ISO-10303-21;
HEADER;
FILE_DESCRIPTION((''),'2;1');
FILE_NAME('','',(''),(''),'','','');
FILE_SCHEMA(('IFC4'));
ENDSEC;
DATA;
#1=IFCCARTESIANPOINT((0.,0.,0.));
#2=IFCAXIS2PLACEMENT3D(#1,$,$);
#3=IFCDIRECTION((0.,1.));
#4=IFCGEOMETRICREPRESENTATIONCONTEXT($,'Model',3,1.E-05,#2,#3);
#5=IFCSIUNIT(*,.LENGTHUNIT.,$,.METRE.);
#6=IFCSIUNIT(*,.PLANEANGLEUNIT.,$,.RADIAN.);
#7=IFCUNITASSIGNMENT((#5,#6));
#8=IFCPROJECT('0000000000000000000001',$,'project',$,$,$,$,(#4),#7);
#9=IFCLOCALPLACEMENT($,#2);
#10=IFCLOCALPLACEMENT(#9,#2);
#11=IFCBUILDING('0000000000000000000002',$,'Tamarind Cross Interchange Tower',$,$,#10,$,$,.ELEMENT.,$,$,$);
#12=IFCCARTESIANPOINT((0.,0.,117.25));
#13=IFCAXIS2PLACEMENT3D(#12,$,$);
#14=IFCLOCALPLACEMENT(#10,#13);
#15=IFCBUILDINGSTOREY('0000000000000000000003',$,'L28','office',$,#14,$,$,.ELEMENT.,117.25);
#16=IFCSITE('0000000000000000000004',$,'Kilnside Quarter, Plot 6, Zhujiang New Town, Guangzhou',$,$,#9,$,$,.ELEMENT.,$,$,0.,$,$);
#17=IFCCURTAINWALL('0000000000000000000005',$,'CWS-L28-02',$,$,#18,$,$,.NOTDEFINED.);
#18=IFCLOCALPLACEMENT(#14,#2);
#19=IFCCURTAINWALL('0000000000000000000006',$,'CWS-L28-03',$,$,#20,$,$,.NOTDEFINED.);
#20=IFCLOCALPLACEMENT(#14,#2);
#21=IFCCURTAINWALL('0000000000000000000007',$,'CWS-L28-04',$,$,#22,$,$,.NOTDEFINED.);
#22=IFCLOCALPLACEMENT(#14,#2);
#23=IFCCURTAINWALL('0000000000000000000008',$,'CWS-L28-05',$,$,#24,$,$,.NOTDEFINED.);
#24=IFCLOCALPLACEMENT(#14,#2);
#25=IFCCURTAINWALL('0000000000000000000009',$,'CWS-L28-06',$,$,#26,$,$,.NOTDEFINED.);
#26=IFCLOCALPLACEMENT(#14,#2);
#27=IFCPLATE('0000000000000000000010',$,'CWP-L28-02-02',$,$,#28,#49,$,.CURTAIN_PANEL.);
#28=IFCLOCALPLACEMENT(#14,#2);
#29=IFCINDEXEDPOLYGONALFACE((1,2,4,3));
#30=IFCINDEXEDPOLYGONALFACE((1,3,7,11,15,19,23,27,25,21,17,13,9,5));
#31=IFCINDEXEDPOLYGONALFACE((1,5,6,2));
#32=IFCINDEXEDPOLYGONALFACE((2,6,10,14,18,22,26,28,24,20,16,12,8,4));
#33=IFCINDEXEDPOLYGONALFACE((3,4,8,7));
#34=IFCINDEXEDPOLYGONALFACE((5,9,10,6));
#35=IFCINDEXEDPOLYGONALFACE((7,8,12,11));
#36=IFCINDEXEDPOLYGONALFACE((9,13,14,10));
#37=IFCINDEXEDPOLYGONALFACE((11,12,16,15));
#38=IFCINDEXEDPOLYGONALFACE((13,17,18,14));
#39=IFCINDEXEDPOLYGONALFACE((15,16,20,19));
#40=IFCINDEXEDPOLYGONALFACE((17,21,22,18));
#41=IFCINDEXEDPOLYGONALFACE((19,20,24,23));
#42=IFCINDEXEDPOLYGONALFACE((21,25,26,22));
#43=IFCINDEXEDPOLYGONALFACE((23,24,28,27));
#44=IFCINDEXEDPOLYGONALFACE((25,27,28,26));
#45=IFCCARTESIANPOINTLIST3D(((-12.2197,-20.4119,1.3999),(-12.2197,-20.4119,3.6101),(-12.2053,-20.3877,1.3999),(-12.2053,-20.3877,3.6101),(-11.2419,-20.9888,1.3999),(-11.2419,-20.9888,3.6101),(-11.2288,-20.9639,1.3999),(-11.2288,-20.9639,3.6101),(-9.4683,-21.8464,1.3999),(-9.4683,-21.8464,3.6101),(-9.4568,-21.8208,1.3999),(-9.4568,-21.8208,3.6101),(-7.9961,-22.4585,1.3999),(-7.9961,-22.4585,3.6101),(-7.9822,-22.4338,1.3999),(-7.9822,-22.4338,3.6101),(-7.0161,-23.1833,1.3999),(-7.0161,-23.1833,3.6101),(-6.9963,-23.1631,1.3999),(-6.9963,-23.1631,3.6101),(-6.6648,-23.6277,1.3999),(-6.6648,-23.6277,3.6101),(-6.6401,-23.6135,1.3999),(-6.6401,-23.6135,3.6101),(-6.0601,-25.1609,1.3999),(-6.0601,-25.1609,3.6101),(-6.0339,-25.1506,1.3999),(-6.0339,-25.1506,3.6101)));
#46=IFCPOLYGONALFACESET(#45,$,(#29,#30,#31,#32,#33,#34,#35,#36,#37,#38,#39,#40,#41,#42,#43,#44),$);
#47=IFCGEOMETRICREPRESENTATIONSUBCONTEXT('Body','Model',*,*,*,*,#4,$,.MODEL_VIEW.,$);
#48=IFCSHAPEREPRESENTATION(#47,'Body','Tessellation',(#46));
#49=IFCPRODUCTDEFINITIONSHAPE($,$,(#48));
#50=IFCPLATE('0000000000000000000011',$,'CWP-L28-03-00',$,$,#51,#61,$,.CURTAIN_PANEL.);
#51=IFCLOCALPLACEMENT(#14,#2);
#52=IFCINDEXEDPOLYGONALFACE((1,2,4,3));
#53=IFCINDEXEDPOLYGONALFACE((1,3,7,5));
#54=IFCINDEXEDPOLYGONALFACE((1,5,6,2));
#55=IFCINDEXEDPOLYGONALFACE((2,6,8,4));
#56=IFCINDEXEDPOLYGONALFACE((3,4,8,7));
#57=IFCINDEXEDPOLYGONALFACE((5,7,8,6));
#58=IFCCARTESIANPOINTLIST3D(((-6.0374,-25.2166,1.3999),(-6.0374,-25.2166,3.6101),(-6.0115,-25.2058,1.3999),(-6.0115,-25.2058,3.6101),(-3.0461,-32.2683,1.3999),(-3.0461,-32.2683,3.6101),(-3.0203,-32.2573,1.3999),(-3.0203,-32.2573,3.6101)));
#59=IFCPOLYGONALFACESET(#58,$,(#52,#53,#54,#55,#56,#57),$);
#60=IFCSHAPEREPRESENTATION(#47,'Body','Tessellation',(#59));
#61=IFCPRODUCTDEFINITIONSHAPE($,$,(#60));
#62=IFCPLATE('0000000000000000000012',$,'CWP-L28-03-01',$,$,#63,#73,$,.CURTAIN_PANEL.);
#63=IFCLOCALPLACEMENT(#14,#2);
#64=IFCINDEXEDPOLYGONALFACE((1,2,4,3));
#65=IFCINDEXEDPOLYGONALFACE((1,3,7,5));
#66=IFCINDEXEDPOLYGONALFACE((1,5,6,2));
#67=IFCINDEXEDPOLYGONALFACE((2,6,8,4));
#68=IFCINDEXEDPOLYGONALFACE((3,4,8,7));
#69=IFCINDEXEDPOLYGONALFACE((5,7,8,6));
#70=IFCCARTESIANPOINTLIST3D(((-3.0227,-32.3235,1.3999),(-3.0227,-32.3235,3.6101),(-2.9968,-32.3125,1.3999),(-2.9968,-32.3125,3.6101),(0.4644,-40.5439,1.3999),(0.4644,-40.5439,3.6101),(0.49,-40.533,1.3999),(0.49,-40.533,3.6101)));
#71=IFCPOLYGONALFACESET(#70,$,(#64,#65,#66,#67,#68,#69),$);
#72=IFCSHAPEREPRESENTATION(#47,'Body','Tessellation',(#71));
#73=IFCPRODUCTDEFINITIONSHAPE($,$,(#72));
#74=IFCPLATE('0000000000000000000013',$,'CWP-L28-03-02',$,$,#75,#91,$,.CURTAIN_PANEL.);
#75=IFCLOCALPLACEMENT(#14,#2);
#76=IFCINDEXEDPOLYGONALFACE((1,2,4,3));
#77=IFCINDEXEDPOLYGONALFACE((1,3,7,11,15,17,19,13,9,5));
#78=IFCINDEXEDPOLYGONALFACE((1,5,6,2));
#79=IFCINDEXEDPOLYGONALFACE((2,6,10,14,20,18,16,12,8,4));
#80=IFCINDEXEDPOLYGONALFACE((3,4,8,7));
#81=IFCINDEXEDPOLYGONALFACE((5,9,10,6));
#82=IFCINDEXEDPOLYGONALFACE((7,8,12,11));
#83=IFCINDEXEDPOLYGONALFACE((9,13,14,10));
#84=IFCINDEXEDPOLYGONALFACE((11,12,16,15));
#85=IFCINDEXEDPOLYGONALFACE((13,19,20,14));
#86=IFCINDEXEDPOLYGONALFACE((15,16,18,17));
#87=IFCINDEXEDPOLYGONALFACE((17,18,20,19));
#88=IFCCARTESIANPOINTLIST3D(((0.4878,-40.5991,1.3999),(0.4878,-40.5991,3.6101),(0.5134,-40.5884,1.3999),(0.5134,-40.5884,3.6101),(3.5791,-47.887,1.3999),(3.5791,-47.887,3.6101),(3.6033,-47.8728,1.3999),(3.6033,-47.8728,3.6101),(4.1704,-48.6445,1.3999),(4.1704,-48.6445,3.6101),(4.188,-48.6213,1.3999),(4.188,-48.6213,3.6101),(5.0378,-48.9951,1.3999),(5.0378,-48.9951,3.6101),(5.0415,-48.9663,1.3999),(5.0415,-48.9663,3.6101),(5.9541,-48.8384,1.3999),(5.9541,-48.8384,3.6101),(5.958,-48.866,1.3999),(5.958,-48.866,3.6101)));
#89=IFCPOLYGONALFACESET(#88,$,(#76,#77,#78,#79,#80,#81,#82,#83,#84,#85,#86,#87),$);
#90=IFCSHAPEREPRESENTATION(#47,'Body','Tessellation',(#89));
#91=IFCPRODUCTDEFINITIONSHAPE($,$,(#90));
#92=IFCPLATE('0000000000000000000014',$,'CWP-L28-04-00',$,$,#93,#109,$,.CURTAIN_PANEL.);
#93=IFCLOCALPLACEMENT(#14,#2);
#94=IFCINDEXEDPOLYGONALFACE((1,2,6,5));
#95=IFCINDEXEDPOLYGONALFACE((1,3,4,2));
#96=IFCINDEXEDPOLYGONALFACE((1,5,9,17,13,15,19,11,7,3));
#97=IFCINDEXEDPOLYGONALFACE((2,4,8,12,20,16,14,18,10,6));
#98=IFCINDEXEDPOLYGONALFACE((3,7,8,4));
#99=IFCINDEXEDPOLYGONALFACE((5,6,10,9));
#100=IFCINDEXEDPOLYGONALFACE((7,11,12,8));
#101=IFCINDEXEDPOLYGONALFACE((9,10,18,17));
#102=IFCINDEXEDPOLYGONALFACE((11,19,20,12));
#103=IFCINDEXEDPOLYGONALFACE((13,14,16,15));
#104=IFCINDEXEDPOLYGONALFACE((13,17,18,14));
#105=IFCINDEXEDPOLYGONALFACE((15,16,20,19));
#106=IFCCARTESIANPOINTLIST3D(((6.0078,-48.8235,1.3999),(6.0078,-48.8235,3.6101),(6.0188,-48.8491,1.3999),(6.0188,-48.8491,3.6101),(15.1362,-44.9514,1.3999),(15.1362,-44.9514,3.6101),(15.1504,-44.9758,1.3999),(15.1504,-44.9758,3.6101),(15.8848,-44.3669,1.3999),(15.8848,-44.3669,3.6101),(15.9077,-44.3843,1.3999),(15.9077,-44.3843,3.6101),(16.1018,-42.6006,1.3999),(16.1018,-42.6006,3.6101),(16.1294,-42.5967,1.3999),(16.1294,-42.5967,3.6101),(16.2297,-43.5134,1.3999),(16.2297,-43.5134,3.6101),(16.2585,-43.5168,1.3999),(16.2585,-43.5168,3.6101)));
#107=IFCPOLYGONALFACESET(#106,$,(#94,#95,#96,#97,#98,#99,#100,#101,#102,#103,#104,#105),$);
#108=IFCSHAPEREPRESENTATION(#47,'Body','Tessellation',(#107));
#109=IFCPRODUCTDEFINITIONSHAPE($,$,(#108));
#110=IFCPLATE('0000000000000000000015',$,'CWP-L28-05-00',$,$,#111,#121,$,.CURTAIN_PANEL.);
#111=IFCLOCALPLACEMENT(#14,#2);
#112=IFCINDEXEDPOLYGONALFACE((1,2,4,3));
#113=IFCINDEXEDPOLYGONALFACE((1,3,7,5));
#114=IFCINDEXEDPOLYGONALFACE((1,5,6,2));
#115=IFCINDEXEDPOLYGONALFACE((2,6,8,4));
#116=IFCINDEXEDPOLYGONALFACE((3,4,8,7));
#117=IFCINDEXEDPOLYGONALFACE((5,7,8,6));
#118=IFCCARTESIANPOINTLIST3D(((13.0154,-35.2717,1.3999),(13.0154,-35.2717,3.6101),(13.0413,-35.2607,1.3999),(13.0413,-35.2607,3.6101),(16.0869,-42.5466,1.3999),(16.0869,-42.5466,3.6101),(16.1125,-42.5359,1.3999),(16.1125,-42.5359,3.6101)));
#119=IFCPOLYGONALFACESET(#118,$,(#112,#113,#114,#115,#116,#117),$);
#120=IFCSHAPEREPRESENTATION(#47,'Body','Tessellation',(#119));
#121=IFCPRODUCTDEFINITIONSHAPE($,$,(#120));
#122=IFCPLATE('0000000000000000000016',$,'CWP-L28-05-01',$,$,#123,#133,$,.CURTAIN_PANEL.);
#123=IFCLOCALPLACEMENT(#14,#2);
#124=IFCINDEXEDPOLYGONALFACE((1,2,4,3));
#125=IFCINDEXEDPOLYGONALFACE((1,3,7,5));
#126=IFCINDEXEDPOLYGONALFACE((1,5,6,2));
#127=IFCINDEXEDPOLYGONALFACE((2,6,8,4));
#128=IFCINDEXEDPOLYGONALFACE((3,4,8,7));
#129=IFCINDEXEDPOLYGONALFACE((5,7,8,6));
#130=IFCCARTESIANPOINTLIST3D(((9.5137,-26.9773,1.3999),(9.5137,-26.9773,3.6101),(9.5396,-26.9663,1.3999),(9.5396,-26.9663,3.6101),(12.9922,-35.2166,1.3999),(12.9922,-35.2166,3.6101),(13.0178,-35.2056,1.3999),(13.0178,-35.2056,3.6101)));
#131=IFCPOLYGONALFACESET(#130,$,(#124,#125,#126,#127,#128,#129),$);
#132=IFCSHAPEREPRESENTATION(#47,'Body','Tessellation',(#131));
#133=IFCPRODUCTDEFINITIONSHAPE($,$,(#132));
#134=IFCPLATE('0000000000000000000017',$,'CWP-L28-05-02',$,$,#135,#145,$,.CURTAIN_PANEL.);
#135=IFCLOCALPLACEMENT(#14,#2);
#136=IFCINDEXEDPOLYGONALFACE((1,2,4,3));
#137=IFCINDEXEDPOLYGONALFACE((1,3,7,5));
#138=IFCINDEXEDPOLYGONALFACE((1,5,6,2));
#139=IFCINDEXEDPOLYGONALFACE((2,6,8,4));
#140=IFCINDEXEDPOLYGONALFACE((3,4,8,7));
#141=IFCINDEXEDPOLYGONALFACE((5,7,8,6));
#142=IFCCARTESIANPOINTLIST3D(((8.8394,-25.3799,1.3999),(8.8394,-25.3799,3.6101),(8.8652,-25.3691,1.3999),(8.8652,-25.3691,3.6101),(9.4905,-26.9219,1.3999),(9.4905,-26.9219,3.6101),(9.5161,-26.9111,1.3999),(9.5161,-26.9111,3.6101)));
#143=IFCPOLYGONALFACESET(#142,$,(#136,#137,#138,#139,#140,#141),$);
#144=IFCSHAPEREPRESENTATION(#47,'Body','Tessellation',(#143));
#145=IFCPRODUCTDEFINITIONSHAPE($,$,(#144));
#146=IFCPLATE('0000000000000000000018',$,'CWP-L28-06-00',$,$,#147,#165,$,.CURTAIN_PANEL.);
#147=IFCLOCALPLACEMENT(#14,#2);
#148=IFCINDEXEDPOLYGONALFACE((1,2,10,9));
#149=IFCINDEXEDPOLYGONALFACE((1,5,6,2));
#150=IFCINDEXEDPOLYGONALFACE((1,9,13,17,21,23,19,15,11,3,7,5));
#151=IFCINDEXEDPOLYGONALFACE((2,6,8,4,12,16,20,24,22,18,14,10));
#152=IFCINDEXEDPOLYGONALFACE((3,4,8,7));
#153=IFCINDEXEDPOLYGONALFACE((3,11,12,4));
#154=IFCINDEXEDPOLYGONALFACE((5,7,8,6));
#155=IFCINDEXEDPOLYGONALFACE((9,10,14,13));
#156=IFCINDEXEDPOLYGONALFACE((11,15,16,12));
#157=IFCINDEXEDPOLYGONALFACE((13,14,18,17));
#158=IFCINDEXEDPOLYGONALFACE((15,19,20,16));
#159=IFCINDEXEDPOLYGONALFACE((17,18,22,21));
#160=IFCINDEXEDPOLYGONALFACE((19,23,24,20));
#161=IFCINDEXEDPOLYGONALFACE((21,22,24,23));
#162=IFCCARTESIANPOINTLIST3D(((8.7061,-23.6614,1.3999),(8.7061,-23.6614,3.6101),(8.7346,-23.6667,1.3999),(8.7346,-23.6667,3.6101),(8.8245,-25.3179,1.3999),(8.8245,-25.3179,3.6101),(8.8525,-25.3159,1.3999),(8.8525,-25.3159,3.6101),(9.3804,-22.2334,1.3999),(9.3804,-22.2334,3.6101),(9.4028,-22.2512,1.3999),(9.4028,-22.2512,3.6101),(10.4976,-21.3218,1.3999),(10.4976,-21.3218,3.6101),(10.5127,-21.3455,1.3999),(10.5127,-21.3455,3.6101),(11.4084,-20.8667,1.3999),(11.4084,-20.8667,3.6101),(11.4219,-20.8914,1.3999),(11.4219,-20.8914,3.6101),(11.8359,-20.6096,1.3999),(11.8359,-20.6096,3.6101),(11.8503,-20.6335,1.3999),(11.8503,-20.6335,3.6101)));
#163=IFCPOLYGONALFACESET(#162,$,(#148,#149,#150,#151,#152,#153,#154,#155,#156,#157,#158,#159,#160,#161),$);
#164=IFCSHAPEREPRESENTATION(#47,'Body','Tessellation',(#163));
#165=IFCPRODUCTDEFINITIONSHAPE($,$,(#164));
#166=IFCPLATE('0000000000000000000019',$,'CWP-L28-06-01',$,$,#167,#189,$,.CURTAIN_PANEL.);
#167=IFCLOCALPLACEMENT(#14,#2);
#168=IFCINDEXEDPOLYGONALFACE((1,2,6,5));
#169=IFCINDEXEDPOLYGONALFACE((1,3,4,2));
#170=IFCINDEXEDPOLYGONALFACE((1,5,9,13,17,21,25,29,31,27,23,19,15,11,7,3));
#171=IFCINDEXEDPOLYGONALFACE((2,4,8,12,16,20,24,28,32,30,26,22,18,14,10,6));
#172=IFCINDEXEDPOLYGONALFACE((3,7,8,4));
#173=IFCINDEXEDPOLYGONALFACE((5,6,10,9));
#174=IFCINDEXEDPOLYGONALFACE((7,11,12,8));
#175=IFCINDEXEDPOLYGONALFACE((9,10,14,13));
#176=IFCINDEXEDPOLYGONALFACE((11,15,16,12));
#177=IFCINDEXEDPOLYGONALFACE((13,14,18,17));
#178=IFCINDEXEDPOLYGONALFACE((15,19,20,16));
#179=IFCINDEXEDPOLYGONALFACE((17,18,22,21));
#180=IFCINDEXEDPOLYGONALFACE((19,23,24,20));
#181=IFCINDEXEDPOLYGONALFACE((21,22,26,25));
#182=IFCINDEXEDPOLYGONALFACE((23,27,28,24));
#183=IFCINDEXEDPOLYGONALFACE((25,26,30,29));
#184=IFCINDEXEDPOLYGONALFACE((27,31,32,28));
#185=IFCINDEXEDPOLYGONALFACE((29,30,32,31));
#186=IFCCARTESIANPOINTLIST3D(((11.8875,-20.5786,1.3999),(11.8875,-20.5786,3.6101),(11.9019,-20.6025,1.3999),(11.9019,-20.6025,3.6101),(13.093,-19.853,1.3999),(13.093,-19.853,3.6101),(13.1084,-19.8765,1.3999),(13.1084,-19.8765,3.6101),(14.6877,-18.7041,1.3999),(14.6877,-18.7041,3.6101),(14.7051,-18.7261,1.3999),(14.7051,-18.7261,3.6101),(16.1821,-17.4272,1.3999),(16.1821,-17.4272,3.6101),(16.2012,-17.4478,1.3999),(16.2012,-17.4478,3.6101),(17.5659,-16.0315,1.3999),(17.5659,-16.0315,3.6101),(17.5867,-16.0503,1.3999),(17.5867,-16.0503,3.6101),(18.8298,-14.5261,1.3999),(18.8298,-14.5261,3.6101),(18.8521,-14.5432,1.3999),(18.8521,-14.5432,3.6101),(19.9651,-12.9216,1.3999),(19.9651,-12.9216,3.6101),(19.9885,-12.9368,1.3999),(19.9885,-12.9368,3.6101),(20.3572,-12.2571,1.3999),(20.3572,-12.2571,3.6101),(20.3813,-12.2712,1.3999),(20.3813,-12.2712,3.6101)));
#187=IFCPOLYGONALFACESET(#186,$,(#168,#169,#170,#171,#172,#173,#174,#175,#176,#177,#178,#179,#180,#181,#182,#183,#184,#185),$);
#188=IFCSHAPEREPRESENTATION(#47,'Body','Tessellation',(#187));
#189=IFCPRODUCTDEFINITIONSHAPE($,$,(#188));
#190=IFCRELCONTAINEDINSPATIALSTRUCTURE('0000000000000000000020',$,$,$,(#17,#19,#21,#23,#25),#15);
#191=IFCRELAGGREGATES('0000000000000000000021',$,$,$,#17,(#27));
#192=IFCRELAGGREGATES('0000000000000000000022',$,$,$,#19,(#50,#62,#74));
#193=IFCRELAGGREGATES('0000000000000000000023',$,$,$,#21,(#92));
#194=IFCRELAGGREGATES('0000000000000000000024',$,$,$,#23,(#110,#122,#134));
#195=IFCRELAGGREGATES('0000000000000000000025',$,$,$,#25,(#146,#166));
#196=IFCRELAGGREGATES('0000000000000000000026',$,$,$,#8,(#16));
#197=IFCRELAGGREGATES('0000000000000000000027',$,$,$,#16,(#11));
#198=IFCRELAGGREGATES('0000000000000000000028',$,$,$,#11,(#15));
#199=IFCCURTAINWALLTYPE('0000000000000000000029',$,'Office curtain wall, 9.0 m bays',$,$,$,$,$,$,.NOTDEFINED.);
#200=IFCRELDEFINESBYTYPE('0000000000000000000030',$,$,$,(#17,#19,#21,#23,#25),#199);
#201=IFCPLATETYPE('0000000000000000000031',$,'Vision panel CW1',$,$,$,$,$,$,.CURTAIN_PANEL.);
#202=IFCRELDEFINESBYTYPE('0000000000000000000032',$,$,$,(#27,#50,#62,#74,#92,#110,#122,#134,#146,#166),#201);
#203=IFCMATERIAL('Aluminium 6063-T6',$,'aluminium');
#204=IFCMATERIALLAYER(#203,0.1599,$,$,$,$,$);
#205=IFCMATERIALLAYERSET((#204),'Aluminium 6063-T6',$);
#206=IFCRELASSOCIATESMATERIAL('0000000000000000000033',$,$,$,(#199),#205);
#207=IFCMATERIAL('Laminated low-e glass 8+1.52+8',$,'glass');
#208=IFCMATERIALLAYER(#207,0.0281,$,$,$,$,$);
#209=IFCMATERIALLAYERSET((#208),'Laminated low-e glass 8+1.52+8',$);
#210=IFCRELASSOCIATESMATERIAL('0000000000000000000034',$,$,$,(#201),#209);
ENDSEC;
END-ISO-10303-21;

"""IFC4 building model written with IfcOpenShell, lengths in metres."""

from ifc_helpers import new_model, si_unit, direction, frame, origin, place, context, subcontext, project, spatial, polyline, outline, extrude, material, layer, layer_set, type_object, element, aggregate, save


model = new_model("IFC4")

# Units and contexts
model_context = context("Model", 3, precision=1e-05, world=origin(), true_north=direction((0.0, 1.0)))
body_context = subcontext(model_context, "Body", "Model", "MODEL_VIEW")
ifc_project = project(units=[si_unit("LENGTHUNIT", "METRE"), si_unit("PLANEANGLEUNIT", "RADIAN")], contexts=[model_context])

# Site, building, storey
site_placement = place(None, origin())
site = spatial("IfcSite", under=ifc_project, at=site_placement, Name="Kilnside Quarter, Plot 6, Zhujiang New Town, Guangzhou", CompositionType="ELEMENT", RefElevation=0.0)
building_placement = place(site_placement, origin())
building = spatial("IfcBuilding", under=site, at=building_placement, Name="Tamarind Cross Interchange Tower", CompositionType="ELEMENT")
storey_placement = place(building_placement, frame((0.0, 0.0, 117.25)))
storey = spatial("IfcBuildingStorey", under=building, at=storey_placement, Name="L28", Description="office", CompositionType="ELEMENT", Elevation=117.25)

# Curtain walls
ifc_material_1 = material(Name="Aluminium 6063-T6", Category="aluminium")
ifc_layer_1 = layer(ifc_material_1, 0.1599)
ifc_layer_set_1 = layer_set([ifc_layer_1], Name="Aluminium 6063-T6")
curtain_wall_type = type_object("IfcCurtainWallType", Name="Office curtain wall, 9.0 m bays", PredefinedType="NOTDEFINED", material=ifc_layer_set_1)
curtain_wall_1_placement = place(storey_placement, origin())
curtain_wall_1 = element("IfcCurtainWall", 1, at=curtain_wall_1_placement, inside=storey, type_object=curtain_wall_type, Name="CWS-L28-02", PredefinedType="NOTDEFINED")
curtain_wall_2_placement = place(storey_placement, origin())
curtain_wall_2 = element("IfcCurtainWall", 2, at=curtain_wall_2_placement, inside=storey, type_object=curtain_wall_type, Name="CWS-L28-03", PredefinedType="NOTDEFINED")
curtain_wall_3_placement = place(storey_placement, origin())
curtain_wall_3 = element("IfcCurtainWall", 3, at=curtain_wall_3_placement, inside=storey, type_object=curtain_wall_type, Name="CWS-L28-04", PredefinedType="NOTDEFINED")
curtain_wall_4_placement = place(storey_placement, origin())
curtain_wall_4 = element("IfcCurtainWall", 4, at=curtain_wall_4_placement, inside=storey, type_object=curtain_wall_type, Name="CWS-L28-05", PredefinedType="NOTDEFINED")
curtain_wall_5_placement = place(storey_placement, origin())
curtain_wall_5 = element("IfcCurtainWall", 5, at=curtain_wall_5_placement, inside=storey, type_object=curtain_wall_type, Name="CWS-L28-06", PredefinedType="NOTDEFINED")

# Plates
ifc_material_2 = material(Name="Laminated low-e glass 8+1.52+8", Category="glass")
ifc_layer_2 = layer(ifc_material_2, 0.0281)
ifc_layer_set_2 = layer_set([ifc_layer_2], Name="Laminated low-e glass 8+1.52+8")
plate_type = type_object("IfcPlateType", Name="Vision panel CW1", PredefinedType="CURTAIN_PANEL", material=ifc_layer_set_2)
plate_1_placement = place(storey_placement, frame((0.0, 0.0, 1.3999)))
plate_1 = element("IfcPlate", 6, at=plate_1_placement, type_object=plate_type, Name="CWP-L28-02-02", PredefinedType="CURTAIN_PANEL", context=body_context, shape_type="SweptSolid", body=[
    extrude(outline(polyline([(-12.2053, -20.3877), (-11.2288, -20.9639), (-9.4568, -21.8208), (-7.9822, -22.4338), (-6.9963, -23.1631), (-6.6401, -23.6135), (-6.0339, -25.1506), (-6.0601, -25.1609), (-6.6648, -23.6277), (-7.0161, -23.1833), (-7.9961, -22.4585), (-9.4683, -21.8464), (-11.2419, -20.9888), (-12.2197, -20.4119), (-12.2053, -20.3877)])), origin(), (0.0, 0.0, 1.0), 2.2102),
])
aggregate(curtain_wall_1, [plate_1])
plate_2_placement = place(storey_placement, frame((0.0, 0.0, 1.3999)))
plate_2 = element("IfcPlate", 7, at=plate_2_placement, type_object=plate_type, Name="CWP-L28-03-00", PredefinedType="CURTAIN_PANEL", context=body_context, shape_type="SweptSolid", body=[
    extrude(outline(polyline([(-6.0115, -25.2058), (-3.0203, -32.2573), (-3.0461, -32.2683), (-6.0374, -25.2166), (-6.0115, -25.2058)])), origin(), (0.0, 0.0, 1.0), 2.2102),
])
plate_3_placement = place(storey_placement, frame((0.0, 0.0, 1.3999)))
plate_3 = element("IfcPlate", 8, at=plate_3_placement, type_object=plate_type, Name="CWP-L28-03-01", PredefinedType="CURTAIN_PANEL", context=body_context, shape_type="SweptSolid", body=[
    extrude(outline(polyline([(-2.9968, -32.3125), (0.49, -40.533), (0.4644, -40.5439), (-3.0227, -32.3235), (-2.9968, -32.3125)])), origin(), (0.0, 0.0, 1.0), 2.2102),
])
plate_4_placement = place(storey_placement, frame((0.0, 0.0, 1.3999)))
plate_4 = element("IfcPlate", 9, at=plate_4_placement, type_object=plate_type, Name="CWP-L28-03-02", PredefinedType="CURTAIN_PANEL", context=body_context, shape_type="SweptSolid", body=[
    extrude(outline(polyline([(0.5134, -40.5884), (3.6033, -47.8728), (4.188, -48.6213), (5.0415, -48.9663), (5.9541, -48.8384), (5.958, -48.866), (5.0378, -48.9951), (4.1704, -48.6445), (3.5791, -47.887), (0.4878, -40.5991), (0.5134, -40.5884)])), origin(), (0.0, 0.0, 1.0), 2.2102),
])
aggregate(curtain_wall_2, [plate_2, plate_3, plate_4])
plate_5_placement = place(storey_placement, frame((0.0, 0.0, 1.3999)))
plate_5 = element("IfcPlate", 10, at=plate_5_placement, type_object=plate_type, Name="CWP-L28-04-00", PredefinedType="CURTAIN_PANEL", context=body_context, shape_type="SweptSolid", body=[
    extrude(outline(polyline([(6.0078, -48.8235), (15.1362, -44.9514), (15.8848, -44.3669), (16.2297, -43.5134), (16.1018, -42.6006), (16.1294, -42.5967), (16.2585, -43.5168), (15.9077, -44.3843), (15.1504, -44.9758), (6.0188, -48.8491), (6.0078, -48.8235)])), origin(), (0.0, 0.0, 1.0), 2.2102),
])
aggregate(curtain_wall_3, [plate_5])
plate_6_placement = place(storey_placement, frame((0.0, 0.0, 1.3999)))
plate_6 = element("IfcPlate", 11, at=plate_6_placement, type_object=plate_type, Name="CWP-L28-05-00", PredefinedType="CURTAIN_PANEL", context=body_context, shape_type="SweptSolid", body=[
    extrude(outline(polyline([(16.0869, -42.5466), (13.0154, -35.2717), (13.0413, -35.2607), (16.1125, -42.5359), (16.0869, -42.5466)])), origin(), (0.0, 0.0, 1.0), 2.2102),
])
plate_7_placement = place(storey_placement, frame((0.0, 0.0, 1.3999)))
plate_7 = element("IfcPlate", 12, at=plate_7_placement, type_object=plate_type, Name="CWP-L28-05-01", PredefinedType="CURTAIN_PANEL", context=body_context, shape_type="SweptSolid", body=[
    extrude(outline(polyline([(12.9922, -35.2166), (9.5137, -26.9773), (9.5396, -26.9663), (13.0178, -35.2056), (12.9922, -35.2166)])), origin(), (0.0, 0.0, 1.0), 2.2102),
])
plate_8_placement = place(storey_placement, frame((0.0, 0.0, 1.3999)))
plate_8 = element("IfcPlate", 13, at=plate_8_placement, type_object=plate_type, Name="CWP-L28-05-02", PredefinedType="CURTAIN_PANEL", context=body_context, shape_type="SweptSolid", body=[
    extrude(outline(polyline([(9.4905, -26.9219), (8.8394, -25.3799), (8.8652, -25.3691), (9.5161, -26.9111), (9.4905, -26.9219)])), origin(), (0.0, 0.0, 1.0), 2.2102),
])
aggregate(curtain_wall_4, [plate_6, plate_7, plate_8])
plate_9_placement = place(storey_placement, frame((0.0, 0.0, 1.3999)))
plate_9 = element("IfcPlate", 14, at=plate_9_placement, type_object=plate_type, Name="CWP-L28-06-00", PredefinedType="CURTAIN_PANEL", context=body_context, shape_type="SweptSolid", body=[
    extrude(outline(polyline([(8.8245, -25.3179), (8.7061, -23.6614), (9.3804, -22.2334), (10.4976, -21.3218), (11.4084, -20.8667), (11.8359, -20.6096), (11.8503, -20.6335), (11.4219, -20.8914), (10.5127, -21.3455), (9.4028, -22.2512), (8.7346, -23.6667), (8.8525, -25.3159), (8.8245, -25.3179)])), origin(), (0.0, 0.0, 1.0), 2.2102),
])
plate_10_placement = place(storey_placement, frame((0.0, 0.0, 1.3999)))
plate_10 = element("IfcPlate", 15, at=plate_10_placement, type_object=plate_type, Name="CWP-L28-06-01", PredefinedType="CURTAIN_PANEL", context=body_context, shape_type="SweptSolid", body=[
    extrude(outline(polyline([(11.8875, -20.5786), (13.093, -19.853), (14.6877, -18.7041), (16.1821, -17.4272), (17.5659, -16.0315), (18.8298, -14.5261), (19.9651, -12.9216), (20.3572, -12.2571), (20.3813, -12.2712), (19.9885, -12.9368), (18.8521, -14.5432), (17.5867, -16.0503), (16.2012, -17.4478), (14.7051, -18.7261), (13.1084, -19.8765), (11.9019, -20.6025), (11.8875, -20.5786)])), origin(), (0.0, 0.0, 1.0), 2.2102),
])
aggregate(curtain_wall_5, [plate_9, plate_10])

save(model, "model.ifc")
